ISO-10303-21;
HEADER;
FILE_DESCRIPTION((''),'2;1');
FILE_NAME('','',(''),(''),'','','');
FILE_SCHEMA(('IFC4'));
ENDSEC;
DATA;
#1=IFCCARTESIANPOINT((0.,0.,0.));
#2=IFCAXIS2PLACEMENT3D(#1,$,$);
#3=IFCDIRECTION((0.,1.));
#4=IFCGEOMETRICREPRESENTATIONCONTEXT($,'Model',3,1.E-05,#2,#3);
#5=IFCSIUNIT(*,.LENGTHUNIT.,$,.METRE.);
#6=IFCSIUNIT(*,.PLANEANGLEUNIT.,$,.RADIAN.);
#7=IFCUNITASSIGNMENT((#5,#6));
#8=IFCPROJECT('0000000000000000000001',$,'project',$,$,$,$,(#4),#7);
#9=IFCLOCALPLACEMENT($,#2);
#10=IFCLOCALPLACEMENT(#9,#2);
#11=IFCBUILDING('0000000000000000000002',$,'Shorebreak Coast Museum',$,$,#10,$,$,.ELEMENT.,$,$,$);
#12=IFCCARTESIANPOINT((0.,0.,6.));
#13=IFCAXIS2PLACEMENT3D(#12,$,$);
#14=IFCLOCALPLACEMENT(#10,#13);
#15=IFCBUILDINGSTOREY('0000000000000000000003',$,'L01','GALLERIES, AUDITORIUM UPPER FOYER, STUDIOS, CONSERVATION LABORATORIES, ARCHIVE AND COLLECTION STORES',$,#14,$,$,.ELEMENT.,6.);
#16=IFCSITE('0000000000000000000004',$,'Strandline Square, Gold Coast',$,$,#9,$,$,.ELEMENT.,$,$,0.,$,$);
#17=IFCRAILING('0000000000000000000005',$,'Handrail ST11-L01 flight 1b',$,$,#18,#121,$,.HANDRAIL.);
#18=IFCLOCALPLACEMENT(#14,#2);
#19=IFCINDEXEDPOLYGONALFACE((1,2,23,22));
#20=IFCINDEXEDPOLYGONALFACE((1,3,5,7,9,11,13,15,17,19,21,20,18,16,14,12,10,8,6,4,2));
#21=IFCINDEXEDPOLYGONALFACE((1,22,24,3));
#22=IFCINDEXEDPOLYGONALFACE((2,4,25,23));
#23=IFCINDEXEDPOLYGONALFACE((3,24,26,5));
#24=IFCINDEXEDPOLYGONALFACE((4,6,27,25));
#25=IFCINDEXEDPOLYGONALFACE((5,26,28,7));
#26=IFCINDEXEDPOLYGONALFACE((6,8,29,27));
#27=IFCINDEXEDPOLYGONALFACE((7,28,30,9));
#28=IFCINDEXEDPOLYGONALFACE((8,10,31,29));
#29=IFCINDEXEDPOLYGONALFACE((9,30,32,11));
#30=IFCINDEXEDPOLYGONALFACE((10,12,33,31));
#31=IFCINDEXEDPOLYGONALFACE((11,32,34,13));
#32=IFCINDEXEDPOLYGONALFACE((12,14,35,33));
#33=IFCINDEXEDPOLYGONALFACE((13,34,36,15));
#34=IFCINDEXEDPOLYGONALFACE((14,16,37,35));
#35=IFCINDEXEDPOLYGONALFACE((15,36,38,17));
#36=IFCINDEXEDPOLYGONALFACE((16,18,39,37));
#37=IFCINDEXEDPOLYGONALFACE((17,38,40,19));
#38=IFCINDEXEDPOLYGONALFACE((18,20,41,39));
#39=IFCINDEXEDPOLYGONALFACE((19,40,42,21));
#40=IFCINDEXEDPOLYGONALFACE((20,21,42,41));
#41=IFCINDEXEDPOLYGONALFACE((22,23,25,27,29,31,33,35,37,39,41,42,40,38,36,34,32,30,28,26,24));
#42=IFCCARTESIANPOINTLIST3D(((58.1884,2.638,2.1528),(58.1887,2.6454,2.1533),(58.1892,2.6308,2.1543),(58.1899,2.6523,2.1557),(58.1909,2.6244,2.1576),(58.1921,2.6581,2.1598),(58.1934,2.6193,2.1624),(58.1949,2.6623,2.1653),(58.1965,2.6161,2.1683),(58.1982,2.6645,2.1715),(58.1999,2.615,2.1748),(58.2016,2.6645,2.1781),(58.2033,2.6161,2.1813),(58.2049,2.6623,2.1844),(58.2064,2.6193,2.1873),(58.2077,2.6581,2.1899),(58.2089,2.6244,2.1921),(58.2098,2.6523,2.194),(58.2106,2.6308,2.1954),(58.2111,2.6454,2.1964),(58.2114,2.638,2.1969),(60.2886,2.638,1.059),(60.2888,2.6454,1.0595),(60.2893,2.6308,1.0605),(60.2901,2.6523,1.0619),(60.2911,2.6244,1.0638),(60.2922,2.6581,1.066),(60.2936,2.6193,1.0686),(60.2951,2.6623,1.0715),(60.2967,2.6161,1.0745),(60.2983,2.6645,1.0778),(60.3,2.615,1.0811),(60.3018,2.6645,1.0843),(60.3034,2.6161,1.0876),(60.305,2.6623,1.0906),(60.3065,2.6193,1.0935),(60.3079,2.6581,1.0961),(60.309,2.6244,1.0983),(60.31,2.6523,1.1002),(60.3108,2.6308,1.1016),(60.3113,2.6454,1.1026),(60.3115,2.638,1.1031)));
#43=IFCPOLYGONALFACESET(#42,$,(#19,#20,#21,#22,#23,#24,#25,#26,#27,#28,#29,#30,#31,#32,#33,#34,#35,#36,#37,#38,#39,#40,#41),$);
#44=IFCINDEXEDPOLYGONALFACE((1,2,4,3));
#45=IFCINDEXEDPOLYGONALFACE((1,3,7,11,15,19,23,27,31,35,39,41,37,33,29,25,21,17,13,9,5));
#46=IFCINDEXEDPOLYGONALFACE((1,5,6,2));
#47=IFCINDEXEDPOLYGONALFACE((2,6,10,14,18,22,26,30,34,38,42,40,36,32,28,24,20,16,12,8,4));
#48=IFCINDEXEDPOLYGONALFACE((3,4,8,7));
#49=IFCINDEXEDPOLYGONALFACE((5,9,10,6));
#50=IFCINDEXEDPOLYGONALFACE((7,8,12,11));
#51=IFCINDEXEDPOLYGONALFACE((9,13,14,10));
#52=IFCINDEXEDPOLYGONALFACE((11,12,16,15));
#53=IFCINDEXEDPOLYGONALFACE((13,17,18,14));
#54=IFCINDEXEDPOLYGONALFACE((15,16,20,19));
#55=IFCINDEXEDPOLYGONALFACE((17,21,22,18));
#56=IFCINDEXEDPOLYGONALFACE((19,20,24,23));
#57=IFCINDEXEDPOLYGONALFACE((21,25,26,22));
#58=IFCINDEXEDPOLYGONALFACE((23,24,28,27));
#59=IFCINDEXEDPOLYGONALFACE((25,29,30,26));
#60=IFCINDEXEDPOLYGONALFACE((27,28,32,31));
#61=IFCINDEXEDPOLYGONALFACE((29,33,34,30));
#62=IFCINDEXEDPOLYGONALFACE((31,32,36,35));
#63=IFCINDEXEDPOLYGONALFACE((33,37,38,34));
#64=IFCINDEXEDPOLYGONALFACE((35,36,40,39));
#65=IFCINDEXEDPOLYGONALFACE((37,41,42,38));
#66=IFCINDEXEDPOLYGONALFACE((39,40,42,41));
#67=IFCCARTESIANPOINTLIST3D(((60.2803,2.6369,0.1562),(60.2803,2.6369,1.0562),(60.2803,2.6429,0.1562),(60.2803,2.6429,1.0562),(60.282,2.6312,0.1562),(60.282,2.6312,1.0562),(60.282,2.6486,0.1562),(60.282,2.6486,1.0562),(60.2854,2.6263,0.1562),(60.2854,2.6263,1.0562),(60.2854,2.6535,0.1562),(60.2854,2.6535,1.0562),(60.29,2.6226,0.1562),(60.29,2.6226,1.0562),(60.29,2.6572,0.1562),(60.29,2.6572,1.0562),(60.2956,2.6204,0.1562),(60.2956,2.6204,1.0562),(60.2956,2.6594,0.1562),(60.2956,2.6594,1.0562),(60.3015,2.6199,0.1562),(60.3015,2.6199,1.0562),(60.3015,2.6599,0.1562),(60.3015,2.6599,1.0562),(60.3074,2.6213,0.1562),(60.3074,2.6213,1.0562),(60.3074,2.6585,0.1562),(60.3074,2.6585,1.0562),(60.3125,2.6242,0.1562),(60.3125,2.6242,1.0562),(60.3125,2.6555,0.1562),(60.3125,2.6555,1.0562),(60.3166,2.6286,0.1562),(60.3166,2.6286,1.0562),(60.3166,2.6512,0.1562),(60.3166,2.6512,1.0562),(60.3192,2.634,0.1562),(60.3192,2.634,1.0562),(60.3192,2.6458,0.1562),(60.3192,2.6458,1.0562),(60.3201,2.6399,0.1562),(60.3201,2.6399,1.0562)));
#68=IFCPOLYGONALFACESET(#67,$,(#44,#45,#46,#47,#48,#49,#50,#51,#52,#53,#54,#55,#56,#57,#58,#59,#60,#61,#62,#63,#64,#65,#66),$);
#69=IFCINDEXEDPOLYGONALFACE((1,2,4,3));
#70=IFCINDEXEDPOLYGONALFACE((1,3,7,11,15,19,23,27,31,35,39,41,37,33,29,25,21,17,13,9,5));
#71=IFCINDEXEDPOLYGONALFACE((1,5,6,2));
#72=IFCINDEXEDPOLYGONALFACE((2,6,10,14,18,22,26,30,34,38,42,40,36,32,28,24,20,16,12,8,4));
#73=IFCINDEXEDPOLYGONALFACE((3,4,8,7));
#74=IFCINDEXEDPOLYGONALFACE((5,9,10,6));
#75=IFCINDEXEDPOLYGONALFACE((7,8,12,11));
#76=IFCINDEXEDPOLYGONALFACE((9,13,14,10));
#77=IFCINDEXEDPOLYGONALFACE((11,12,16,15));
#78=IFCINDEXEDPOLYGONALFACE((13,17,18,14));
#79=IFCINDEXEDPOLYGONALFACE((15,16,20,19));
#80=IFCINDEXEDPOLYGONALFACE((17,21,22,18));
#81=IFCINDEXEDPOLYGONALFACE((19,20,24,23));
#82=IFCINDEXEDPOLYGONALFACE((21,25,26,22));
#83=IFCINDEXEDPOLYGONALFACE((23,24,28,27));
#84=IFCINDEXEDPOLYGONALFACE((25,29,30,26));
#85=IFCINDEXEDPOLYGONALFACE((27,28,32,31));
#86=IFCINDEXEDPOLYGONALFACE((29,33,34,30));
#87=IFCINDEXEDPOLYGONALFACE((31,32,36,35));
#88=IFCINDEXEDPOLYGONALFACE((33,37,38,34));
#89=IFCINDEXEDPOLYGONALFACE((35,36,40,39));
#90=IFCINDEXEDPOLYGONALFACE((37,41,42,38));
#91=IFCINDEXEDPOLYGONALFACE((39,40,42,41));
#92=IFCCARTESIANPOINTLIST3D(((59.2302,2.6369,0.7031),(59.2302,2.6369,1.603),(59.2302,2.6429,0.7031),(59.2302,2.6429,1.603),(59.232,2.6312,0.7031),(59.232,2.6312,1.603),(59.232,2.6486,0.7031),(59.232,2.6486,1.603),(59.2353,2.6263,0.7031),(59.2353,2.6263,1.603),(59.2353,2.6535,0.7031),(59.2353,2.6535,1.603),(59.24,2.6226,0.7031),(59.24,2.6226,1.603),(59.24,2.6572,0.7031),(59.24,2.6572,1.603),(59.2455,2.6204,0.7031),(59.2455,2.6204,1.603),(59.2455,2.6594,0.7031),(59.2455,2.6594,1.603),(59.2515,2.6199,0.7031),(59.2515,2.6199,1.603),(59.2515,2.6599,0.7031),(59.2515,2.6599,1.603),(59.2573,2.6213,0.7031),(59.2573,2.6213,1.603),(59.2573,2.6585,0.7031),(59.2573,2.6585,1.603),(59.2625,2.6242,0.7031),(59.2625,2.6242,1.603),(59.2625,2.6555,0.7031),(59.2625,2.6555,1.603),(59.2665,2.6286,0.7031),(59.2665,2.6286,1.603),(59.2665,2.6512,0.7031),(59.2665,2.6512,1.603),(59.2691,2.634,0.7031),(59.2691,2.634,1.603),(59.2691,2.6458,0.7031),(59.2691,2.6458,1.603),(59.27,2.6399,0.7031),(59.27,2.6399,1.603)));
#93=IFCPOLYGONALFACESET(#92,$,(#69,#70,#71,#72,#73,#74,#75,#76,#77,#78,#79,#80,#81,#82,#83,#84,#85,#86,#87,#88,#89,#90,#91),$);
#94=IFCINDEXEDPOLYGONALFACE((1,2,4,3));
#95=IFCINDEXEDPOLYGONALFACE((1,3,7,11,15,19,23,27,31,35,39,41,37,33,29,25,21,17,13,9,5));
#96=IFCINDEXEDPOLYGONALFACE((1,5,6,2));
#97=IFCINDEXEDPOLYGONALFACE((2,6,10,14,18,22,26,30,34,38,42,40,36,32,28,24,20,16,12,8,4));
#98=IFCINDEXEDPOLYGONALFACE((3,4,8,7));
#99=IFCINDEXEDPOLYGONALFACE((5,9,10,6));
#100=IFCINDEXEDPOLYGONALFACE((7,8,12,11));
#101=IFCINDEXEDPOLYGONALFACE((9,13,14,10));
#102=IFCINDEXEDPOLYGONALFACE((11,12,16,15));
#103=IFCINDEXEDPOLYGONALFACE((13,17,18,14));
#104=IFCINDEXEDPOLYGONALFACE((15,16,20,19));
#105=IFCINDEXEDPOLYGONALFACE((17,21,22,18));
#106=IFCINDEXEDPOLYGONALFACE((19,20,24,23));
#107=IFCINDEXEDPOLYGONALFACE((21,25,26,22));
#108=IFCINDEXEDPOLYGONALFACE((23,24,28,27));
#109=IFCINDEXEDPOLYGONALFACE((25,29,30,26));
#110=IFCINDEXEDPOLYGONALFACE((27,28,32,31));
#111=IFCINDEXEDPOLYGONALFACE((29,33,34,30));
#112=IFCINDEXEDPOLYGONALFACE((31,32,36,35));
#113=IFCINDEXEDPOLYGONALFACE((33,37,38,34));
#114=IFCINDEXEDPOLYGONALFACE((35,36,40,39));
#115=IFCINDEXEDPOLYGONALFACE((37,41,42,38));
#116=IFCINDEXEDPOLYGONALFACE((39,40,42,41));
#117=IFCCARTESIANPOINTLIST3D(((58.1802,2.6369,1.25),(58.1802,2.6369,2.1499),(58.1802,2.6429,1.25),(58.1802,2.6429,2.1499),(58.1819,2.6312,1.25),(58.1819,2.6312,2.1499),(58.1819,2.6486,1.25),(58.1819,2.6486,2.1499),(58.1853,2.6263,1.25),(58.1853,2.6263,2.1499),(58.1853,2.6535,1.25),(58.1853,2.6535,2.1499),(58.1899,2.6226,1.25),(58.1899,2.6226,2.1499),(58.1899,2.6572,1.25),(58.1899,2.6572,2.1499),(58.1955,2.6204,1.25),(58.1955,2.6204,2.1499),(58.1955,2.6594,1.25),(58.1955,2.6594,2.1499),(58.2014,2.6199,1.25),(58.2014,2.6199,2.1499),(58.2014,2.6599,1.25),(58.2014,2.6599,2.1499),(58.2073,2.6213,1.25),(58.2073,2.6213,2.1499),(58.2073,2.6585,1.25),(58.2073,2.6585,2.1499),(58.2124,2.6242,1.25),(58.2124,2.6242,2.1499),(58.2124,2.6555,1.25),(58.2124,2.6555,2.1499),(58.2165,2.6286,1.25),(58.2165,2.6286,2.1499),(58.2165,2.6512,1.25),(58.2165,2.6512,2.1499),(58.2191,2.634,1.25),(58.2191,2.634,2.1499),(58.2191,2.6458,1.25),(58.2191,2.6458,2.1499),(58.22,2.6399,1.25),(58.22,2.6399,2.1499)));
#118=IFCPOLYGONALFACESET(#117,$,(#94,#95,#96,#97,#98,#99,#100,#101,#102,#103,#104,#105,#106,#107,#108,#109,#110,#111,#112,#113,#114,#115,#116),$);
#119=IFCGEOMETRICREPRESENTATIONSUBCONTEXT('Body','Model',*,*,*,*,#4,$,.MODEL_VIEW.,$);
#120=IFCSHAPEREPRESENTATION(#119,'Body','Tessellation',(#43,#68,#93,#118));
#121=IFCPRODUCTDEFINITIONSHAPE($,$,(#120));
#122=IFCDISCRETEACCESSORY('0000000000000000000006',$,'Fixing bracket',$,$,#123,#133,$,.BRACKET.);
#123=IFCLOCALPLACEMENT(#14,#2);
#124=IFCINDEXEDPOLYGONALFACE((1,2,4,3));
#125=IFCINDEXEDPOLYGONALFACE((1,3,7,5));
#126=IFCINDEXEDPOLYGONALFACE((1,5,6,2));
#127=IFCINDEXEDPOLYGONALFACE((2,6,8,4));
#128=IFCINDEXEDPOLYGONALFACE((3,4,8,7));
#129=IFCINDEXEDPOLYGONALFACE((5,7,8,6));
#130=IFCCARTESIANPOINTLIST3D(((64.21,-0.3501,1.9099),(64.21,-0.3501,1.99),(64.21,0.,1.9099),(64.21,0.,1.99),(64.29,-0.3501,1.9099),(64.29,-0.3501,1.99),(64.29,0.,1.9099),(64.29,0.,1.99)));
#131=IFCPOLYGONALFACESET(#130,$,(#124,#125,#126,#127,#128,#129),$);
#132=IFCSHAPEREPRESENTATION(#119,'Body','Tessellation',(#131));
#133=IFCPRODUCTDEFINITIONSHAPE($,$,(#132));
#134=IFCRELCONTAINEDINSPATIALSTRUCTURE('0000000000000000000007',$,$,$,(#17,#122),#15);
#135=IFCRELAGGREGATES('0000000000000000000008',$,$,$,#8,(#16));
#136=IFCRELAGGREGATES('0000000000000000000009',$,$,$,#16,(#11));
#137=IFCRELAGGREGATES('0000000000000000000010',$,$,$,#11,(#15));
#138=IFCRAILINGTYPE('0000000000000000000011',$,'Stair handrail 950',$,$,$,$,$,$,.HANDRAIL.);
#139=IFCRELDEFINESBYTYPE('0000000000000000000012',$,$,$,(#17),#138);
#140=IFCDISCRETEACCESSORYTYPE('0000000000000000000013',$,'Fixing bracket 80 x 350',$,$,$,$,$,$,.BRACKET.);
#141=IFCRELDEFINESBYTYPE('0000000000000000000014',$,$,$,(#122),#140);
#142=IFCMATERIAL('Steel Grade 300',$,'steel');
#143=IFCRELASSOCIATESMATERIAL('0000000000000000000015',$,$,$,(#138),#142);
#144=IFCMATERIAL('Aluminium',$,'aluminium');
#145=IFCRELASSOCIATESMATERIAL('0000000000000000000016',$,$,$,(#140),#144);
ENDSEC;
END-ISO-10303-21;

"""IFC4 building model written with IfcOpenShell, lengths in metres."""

from ifc_helpers import new_model, si_unit, direction, frame, origin, origin_2d, place, context, subcontext, project, spatial, rectangle, circle, extrude, material, type_object, element, save


model = new_model("IFC4")

# Units and contexts
model_context = context("Model", 3, precision=1e-05, world=origin(), true_north=direction((0.0, 1.0)))
body_context = subcontext(model_context, "Body", "Model", "MODEL_VIEW")
ifc_project = project(units=[si_unit("LENGTHUNIT", "METRE"), si_unit("PLANEANGLEUNIT", "RADIAN")], contexts=[model_context])

# Site, building, storey
site_placement = place(None, origin())
site = spatial("IfcSite", under=ifc_project, at=site_placement, Name="Strandline Square, Gold Coast", CompositionType="ELEMENT", RefElevation=0.0)
building_placement = place(site_placement, origin())
building = spatial("IfcBuilding", under=site, at=building_placement, Name="Shorebreak Coast Museum", CompositionType="ELEMENT")
storey_placement = place(building_placement, frame((0.0, 0.0, 6.0)))
storey = spatial("IfcBuildingStorey", under=building, at=storey_placement, Name="L01", Description="GALLERIES, AUDITORIUM UPPER FOYER, STUDIOS, CONSERVATION LABORATORIES, ARCHIVE AND COLLECTION STORES", CompositionType="ELEMENT", Elevation=6.0)

# Railing
ifc_material_1 = material(Name="Steel Grade 300", Category="steel")
railing_type_1 = type_object("IfcRailingType", Name="Stair handrail 950", PredefinedType="HANDRAIL", material=ifc_material_1)
for number, where, name in (
    (1, (60.3, 2.6399, 0.1562), "Handrail ST11-L01 flight 1b"),
):
    element("IfcRailing", number, at=place(storey_placement, frame(where)), inside=storey, type_object=railing_type_1, Name=name, PredefinedType="HANDRAIL", context=body_context, shape_type="SweptSolid", body=[
        extrude(circle(Radius=0.0249, at=origin_2d()), frame((0.0, 0.0, 0.9248), z_axis=(-0.886923, 0.0, 0.461918), x_axis=(0.0, -1.0, 0.0)), (0.0, 0.0, 1.0), 2.3679),
        extrude(circle(Radius=0.02, at=origin_2d()), origin(), (0.0, 0.0, 1.0), 0.8999),
        extrude(circle(Radius=0.02, at=origin_2d()), frame((-1.05, 0.0, 0.5469)), (0.0, 0.0, 1.0), 0.8999),
        extrude(circle(Radius=0.02, at=origin_2d()), frame((-2.1001, 0.0, 1.0938)), (0.0, 0.0, 1.0), 0.8999),
    ])

# Discrete accessory
ifc_material_2 = material(Name="Aluminium", Category="aluminium")
discrete_accessory_type = type_object("IfcDiscreteAccessoryType", Name="Fixing bracket 80 x 350", PredefinedType="BRACKET", material=ifc_material_2)
discrete_accessory_placement = place(storey_placement, frame((64.25, -0.175, 1.9099), z_axis=(0.0, 0.0, 1.0), x_axis=(1.0, 0.0, 0.0)))
element("IfcDiscreteAccessory", 2, at=discrete_accessory_placement, inside=storey, type_object=discrete_accessory_type, Name="Fixing bracket", PredefinedType="BRACKET", context=body_context, shape_type="SweptSolid", body=[
    extrude(rectangle(XDim=0.0801, YDim=0.3501, at=origin_2d()), origin(), (0.0, 0.0, 1.0), 0.0801),
])

save(model, "model.ifc")
